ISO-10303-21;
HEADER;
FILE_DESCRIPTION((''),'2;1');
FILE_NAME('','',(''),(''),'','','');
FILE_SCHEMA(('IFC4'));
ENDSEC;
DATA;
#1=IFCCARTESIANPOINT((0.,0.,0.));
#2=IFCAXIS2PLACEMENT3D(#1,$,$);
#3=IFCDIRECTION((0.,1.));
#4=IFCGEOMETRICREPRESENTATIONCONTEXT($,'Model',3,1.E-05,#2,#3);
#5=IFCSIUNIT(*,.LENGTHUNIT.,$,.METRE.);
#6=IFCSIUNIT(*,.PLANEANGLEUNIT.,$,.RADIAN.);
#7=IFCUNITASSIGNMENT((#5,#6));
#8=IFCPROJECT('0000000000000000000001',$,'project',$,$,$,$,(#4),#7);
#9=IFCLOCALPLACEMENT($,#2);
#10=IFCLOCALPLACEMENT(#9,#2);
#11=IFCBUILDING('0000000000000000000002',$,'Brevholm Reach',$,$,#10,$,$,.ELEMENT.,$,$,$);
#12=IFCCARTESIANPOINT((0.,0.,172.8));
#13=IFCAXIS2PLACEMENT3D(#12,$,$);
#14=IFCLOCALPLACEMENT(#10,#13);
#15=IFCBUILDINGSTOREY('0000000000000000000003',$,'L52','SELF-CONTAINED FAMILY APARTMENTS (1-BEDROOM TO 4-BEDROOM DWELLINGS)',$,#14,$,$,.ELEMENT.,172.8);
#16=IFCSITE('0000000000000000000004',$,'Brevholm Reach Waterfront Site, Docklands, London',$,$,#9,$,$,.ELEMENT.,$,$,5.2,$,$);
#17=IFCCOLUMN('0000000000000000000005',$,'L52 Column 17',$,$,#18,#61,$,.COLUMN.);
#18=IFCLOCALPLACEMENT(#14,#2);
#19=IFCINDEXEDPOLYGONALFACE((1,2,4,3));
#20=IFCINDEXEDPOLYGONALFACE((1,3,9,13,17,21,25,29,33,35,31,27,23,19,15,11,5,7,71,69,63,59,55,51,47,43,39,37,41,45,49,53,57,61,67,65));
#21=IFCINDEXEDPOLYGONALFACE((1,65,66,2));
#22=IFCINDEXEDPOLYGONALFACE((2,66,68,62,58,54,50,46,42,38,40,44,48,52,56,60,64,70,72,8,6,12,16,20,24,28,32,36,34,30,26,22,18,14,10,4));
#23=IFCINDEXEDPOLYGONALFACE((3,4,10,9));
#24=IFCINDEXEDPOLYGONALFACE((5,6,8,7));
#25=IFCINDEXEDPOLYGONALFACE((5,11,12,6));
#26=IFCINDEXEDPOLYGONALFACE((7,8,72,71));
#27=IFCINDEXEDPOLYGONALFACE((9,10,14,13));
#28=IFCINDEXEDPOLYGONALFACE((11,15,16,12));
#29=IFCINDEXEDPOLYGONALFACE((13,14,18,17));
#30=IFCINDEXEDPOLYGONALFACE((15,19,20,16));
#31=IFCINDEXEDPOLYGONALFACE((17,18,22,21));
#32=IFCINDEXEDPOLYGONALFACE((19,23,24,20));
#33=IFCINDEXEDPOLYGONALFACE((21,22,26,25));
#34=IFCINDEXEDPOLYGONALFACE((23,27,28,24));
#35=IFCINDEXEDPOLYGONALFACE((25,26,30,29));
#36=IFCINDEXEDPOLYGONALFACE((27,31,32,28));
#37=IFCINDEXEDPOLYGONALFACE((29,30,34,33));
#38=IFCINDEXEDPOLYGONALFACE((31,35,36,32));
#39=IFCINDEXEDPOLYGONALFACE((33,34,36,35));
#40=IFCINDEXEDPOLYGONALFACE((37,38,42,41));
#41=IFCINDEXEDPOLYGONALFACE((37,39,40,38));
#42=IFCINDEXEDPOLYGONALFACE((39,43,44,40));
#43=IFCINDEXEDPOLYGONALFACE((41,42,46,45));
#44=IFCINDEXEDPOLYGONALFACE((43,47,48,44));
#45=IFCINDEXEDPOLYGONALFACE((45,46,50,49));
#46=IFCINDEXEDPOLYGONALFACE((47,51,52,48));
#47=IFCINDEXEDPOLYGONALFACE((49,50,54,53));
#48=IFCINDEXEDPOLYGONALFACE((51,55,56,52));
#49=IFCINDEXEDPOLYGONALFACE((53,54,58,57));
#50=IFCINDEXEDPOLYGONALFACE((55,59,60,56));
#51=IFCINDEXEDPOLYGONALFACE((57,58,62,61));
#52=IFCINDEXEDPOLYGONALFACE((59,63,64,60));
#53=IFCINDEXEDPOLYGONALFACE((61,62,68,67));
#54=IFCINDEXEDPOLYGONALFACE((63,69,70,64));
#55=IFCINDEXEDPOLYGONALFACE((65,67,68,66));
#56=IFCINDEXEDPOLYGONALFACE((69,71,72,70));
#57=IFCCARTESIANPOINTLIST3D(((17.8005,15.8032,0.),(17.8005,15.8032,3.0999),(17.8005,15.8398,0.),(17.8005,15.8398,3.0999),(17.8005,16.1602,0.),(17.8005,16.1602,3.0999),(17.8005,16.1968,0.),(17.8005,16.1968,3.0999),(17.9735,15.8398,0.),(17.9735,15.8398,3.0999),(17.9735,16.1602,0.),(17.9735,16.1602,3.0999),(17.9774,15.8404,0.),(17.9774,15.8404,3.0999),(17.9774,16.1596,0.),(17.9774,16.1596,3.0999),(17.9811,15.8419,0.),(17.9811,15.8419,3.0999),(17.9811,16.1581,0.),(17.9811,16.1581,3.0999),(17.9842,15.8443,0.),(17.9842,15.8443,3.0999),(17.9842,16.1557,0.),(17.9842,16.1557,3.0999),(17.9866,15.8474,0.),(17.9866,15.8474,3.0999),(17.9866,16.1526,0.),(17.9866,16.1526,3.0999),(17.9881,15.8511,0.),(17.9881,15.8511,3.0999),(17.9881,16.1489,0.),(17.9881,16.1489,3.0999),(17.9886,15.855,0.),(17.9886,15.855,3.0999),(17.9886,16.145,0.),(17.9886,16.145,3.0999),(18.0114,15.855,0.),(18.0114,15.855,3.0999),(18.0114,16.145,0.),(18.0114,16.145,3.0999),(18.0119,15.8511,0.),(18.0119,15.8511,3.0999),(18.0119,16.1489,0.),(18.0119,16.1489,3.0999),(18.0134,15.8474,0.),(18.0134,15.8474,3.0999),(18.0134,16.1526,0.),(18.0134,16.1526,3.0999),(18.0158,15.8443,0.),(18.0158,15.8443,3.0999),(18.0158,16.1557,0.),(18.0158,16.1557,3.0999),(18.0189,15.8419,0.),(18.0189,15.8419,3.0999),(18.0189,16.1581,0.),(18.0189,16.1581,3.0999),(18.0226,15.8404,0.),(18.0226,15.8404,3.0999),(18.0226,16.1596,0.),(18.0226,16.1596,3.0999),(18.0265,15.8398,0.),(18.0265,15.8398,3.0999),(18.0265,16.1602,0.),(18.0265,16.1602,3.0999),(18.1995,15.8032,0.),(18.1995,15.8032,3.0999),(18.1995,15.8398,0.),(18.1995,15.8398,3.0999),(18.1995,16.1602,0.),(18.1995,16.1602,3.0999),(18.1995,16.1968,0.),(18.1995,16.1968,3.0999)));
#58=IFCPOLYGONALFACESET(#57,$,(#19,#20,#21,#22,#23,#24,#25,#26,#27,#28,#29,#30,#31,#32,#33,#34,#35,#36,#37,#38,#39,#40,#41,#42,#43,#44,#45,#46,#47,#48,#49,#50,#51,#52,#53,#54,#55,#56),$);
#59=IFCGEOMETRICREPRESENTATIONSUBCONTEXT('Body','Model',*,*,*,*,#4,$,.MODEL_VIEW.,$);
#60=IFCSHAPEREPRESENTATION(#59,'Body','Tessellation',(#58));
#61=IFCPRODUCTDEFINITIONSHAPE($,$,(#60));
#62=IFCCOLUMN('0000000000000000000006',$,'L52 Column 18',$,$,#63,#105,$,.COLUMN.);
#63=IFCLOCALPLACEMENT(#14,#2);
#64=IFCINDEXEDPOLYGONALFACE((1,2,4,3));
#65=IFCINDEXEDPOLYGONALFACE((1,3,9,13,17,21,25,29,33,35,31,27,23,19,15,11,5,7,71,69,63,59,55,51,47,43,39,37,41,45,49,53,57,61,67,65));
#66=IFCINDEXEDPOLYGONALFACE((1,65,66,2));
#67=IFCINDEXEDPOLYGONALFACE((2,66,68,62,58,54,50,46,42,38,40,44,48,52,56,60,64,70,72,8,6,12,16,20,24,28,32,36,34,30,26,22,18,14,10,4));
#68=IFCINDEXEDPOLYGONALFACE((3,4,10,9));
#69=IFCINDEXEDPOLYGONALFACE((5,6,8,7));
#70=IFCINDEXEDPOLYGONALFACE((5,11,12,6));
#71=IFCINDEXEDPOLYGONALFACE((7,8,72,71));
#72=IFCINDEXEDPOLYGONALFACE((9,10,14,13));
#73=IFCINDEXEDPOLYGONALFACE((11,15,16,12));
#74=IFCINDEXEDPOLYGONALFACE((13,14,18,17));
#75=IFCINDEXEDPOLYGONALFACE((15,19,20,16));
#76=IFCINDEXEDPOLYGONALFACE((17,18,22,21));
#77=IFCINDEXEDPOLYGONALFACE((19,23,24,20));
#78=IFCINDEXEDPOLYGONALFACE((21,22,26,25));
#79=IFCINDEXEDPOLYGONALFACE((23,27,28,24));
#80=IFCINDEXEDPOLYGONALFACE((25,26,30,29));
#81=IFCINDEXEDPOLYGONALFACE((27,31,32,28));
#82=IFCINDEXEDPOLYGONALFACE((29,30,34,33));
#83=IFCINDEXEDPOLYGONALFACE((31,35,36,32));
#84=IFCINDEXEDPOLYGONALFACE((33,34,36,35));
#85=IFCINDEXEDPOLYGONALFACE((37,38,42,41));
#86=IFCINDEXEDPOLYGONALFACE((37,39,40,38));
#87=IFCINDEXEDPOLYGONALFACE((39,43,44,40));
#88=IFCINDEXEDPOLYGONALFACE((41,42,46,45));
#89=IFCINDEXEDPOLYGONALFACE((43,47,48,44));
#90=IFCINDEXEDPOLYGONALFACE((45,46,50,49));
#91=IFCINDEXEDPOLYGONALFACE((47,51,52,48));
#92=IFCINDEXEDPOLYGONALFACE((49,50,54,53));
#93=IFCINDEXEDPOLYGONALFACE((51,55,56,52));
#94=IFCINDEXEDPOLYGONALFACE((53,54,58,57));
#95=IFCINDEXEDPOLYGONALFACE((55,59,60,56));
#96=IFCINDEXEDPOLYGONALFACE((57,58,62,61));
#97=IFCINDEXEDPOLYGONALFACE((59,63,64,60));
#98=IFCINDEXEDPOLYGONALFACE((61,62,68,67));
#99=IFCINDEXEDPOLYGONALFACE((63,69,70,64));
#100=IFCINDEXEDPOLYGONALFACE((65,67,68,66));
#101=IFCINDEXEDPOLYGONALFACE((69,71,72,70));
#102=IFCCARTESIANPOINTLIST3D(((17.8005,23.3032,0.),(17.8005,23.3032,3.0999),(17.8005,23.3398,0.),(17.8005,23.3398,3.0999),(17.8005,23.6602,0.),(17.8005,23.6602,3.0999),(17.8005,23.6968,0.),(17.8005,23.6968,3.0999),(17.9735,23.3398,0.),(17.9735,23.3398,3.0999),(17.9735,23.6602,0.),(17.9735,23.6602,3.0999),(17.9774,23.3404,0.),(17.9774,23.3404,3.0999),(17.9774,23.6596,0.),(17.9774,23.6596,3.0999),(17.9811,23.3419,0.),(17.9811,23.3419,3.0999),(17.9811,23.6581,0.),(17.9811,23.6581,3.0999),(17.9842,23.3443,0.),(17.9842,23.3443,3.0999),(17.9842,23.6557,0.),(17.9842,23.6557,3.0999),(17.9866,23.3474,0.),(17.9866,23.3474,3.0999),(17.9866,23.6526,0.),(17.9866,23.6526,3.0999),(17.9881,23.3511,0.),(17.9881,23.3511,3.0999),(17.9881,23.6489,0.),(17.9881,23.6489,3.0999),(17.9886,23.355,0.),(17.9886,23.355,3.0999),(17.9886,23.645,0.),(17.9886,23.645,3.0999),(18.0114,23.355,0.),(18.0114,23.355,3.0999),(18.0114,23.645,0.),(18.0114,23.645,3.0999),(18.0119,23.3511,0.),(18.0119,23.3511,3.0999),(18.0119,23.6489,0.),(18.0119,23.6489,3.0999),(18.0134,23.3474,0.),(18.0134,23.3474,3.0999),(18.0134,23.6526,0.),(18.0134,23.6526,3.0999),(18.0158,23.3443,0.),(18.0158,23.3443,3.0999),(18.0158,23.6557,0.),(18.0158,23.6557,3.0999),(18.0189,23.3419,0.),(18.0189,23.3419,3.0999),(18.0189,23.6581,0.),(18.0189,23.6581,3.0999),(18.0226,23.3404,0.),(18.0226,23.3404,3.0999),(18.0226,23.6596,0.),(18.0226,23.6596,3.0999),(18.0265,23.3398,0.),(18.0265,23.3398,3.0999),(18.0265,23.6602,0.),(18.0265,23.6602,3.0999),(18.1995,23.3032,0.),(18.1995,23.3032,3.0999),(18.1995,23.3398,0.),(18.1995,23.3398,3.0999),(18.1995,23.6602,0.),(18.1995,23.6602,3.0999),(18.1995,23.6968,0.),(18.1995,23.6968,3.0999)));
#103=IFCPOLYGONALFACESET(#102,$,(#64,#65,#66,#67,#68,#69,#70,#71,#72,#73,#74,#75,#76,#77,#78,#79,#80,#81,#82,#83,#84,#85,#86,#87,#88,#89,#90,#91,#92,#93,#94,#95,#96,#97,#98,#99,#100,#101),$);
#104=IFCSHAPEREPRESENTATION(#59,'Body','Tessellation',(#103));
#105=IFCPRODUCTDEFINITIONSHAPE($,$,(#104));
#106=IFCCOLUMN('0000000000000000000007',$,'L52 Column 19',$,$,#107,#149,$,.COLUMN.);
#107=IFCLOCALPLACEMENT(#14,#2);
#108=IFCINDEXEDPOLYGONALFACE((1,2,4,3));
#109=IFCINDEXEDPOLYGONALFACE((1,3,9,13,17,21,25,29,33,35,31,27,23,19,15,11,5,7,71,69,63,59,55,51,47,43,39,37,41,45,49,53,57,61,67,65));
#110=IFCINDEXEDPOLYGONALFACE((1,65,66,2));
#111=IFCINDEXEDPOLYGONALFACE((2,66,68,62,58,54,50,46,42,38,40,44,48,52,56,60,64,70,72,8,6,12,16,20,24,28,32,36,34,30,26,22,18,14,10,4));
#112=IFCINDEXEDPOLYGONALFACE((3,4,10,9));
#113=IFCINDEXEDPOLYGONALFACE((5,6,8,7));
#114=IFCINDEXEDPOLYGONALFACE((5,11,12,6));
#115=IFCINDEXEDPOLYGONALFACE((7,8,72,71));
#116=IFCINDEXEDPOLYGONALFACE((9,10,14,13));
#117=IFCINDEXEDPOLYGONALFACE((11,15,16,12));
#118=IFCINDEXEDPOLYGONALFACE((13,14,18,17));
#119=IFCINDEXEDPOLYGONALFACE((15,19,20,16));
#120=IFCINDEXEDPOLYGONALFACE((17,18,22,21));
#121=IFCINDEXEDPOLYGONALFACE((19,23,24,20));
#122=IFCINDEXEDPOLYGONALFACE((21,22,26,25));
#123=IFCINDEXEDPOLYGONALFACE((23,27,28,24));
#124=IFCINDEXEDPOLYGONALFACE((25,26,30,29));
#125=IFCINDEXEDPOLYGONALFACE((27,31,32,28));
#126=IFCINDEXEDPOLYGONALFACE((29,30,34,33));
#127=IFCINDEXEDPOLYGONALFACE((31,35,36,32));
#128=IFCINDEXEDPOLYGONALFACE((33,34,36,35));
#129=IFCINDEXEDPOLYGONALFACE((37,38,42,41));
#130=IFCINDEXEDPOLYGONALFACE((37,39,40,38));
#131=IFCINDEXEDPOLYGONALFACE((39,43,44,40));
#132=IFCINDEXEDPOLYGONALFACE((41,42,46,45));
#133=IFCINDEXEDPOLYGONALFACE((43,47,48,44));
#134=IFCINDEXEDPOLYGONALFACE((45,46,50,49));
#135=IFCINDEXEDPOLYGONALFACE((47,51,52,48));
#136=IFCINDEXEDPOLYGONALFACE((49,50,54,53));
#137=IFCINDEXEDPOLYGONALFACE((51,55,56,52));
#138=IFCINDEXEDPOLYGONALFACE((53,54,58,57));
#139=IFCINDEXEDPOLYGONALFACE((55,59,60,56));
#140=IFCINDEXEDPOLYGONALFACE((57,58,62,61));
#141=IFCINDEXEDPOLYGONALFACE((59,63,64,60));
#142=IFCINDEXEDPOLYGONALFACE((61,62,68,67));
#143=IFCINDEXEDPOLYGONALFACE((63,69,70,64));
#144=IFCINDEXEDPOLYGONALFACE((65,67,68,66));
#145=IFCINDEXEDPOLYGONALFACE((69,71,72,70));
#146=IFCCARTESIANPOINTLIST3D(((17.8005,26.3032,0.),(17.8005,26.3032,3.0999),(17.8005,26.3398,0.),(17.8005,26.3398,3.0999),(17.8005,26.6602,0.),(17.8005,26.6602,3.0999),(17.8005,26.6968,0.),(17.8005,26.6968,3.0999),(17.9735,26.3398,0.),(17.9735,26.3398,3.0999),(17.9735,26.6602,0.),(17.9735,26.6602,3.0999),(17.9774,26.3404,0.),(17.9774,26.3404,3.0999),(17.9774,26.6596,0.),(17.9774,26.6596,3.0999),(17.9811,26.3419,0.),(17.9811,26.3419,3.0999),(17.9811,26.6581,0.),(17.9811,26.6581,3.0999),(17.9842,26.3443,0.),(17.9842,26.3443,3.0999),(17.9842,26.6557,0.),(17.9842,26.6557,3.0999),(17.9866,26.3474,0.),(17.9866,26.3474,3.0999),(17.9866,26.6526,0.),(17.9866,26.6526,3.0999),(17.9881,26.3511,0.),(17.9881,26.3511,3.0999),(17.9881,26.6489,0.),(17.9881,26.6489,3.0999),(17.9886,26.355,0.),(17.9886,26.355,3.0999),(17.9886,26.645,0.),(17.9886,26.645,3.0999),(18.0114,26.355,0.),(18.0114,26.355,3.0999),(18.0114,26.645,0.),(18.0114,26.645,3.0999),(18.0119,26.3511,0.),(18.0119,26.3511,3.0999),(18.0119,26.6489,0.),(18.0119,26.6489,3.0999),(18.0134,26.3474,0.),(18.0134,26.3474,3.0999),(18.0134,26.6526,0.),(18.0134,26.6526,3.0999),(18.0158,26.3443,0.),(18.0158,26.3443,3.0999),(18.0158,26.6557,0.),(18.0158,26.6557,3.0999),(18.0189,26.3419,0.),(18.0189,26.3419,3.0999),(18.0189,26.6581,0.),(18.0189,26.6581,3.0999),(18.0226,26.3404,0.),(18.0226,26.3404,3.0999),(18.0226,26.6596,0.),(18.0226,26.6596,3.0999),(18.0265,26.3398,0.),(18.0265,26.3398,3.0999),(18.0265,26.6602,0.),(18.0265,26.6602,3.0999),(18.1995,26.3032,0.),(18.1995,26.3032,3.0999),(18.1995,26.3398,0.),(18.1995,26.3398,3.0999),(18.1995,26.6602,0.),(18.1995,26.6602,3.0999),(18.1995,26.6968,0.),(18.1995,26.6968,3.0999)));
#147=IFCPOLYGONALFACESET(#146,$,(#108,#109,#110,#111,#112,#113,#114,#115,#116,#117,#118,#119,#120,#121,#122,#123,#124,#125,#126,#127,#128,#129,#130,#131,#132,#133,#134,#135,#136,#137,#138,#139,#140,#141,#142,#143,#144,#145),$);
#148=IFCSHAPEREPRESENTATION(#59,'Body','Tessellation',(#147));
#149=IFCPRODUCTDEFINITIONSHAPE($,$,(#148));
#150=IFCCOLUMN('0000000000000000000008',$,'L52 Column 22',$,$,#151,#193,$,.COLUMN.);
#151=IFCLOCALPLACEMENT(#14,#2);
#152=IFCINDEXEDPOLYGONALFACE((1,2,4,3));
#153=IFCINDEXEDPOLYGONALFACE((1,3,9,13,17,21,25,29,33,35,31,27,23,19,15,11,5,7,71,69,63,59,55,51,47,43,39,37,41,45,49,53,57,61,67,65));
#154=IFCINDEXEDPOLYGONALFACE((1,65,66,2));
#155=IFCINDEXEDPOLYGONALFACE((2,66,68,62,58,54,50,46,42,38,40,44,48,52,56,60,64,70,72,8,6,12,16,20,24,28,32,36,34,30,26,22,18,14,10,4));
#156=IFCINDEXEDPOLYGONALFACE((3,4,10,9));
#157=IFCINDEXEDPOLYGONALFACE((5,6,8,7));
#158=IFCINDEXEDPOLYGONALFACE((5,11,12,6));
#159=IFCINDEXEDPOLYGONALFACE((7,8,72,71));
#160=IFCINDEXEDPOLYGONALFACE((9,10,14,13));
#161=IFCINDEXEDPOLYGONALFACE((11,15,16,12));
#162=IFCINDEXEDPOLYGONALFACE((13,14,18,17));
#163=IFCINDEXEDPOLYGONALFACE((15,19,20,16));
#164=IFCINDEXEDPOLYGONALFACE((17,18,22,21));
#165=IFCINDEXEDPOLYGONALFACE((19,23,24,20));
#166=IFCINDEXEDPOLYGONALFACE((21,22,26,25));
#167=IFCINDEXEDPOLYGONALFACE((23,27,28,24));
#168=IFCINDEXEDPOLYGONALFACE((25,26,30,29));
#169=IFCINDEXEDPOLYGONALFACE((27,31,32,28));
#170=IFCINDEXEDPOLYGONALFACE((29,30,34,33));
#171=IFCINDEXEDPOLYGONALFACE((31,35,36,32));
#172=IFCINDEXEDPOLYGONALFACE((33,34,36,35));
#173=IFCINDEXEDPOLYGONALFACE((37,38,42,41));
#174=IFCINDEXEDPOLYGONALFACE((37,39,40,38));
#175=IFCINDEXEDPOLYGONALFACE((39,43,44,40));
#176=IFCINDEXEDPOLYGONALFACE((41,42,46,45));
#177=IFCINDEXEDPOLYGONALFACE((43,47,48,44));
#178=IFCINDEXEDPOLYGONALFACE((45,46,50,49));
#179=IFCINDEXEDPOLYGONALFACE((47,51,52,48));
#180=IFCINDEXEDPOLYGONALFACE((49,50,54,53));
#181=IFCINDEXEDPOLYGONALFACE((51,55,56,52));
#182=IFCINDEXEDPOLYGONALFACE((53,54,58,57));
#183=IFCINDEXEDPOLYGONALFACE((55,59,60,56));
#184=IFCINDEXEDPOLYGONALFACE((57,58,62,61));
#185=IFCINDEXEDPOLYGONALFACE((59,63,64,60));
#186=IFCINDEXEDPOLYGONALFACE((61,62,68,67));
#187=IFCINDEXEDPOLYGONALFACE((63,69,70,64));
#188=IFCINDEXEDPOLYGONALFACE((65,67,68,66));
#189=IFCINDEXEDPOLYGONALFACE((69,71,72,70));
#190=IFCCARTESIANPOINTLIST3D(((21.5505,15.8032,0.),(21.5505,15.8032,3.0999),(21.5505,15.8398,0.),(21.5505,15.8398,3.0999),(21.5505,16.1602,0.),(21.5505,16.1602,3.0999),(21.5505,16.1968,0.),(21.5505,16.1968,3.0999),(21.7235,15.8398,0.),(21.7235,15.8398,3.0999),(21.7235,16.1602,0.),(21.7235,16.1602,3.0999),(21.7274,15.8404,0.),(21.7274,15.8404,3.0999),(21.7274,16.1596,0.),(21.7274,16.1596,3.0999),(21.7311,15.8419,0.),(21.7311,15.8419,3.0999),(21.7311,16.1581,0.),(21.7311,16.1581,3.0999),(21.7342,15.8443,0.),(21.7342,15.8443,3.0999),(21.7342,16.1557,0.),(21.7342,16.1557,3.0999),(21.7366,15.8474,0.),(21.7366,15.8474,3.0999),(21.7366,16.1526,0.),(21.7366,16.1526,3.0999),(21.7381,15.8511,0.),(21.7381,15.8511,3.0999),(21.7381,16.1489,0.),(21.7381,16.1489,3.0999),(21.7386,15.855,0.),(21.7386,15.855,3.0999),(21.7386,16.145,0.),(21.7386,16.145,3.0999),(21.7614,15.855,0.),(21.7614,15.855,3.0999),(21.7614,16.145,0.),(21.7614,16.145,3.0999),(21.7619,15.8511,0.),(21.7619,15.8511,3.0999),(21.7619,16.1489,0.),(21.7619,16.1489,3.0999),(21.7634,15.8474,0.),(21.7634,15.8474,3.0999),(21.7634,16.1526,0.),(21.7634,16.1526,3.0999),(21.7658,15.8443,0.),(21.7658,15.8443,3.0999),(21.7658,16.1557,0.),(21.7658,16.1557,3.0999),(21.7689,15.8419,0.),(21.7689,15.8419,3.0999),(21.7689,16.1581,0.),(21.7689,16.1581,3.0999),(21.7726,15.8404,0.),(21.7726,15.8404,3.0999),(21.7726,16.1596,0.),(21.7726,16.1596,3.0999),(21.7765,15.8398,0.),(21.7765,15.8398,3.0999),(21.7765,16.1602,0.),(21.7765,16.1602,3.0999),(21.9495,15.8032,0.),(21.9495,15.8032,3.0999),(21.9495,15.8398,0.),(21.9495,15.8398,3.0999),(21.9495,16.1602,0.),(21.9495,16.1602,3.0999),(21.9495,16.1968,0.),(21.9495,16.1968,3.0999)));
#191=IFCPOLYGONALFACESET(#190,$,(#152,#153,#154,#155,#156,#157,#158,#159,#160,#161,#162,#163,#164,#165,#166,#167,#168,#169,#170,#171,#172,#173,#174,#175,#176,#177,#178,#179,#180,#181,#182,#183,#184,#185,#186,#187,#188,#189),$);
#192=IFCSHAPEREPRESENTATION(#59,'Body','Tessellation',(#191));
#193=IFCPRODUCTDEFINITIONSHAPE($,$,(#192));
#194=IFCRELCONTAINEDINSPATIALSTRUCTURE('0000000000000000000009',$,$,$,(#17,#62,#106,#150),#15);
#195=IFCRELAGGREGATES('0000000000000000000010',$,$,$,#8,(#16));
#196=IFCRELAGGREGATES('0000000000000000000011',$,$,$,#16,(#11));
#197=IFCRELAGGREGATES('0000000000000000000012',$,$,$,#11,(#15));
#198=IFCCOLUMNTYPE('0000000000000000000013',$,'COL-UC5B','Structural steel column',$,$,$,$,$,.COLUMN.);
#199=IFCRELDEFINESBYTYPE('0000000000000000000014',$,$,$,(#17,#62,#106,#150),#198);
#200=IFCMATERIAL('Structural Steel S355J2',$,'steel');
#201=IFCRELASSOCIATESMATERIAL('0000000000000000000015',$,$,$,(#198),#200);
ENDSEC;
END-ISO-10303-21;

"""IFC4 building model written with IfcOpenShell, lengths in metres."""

from ifc_helpers import new_model, si_unit, direction, frame, origin, origin_2d, place, context, subcontext, project, spatial, i_section, extrude, material, material_profile, profile_set, type_object, element, save


model = new_model("IFC4")

# Units and contexts
model_context = context("Model", 3, precision=1e-05, world=origin(), true_north=direction((0.0, 1.0)))
body_context = subcontext(model_context, "Body", "Model", "MODEL_VIEW")
ifc_project = project(units=[si_unit("LENGTHUNIT", "METRE"), si_unit("PLANEANGLEUNIT", "RADIAN")], contexts=[model_context])

# Site, building, storey
site_placement = place(None, origin())
site = spatial("IfcSite", under=ifc_project, at=site_placement, Name="Brevholm Reach Waterfront Site, Docklands, London", CompositionType="ELEMENT", RefElevation=5.2)
building_placement = place(site_placement, origin())
building = spatial("IfcBuilding", under=site, at=building_placement, Name="Brevholm Reach", CompositionType="ELEMENT")
storey_placement = place(building_placement, frame((0.0, 0.0, 172.8)))
storey = spatial("IfcBuildingStorey", under=building, at=storey_placement, Name="L52", Description="SELF-CONTAINED FAMILY APARTMENTS (1-BEDROOM TO 4-BEDROOM DWELLINGS)", CompositionType="ELEMENT", Elevation=172.8)

# Columns
ifc_material_1 = material(Name="Structural Steel S355J2", Category="steel")
ifc_material_profile_1 = material_profile(ifc_material_1, i_section(OverallWidth=0.3989, OverallDepth=0.3936, WebThickness=0.0227, FlangeThickness=0.0366, FilletRadius=0.0151, at=origin_2d()), Name="UKC 356x406x287")
ifc_profile_set_1 = profile_set([ifc_material_profile_1], Name="Structural Steel S355J2")
column_type = type_object("IfcColumnType", Name="COL-UC5B", Description="Structural steel column", PredefinedType="COLUMN", material=ifc_profile_set_1)
for number, where, z_axis, x_axis, name in (
    (1, (18.0, 16.0, 0.0), (0.0, 0.0, 1.0), (1.0, 0.0, 0.0), "L52 Column 17"),
    (2, (18.0, 23.5, 0.0), (0.0, 0.0, 1.0), (1.0, 0.0, 0.0), "L52 Column 18"),
    (3, (18.0, 26.5, 0.0), (0.0, 0.0, 1.0), (1.0, 0.0, 0.0), "L52 Column 19"),
    (4, (21.75, 16.0, 0.0), (0.0, 0.0, 1.0), (1.0, 0.0, 0.0), "L52 Column 22"),
):
    element("IfcColumn", number, at=place(storey_placement, frame(where, z_axis=z_axis, x_axis=x_axis)), inside=storey, type_object=column_type, Name=name, PredefinedType="COLUMN", context=body_context, shape_type="SweptSolid", body=[
        extrude(i_section(OverallWidth=0.3989, OverallDepth=0.3936, WebThickness=0.0227, FlangeThickness=0.0366, FilletRadius=0.0151, at=origin_2d()), origin(), (0.0, 0.0, 1.0), 3.0999),
    ])

save(model, "model.ifc")
